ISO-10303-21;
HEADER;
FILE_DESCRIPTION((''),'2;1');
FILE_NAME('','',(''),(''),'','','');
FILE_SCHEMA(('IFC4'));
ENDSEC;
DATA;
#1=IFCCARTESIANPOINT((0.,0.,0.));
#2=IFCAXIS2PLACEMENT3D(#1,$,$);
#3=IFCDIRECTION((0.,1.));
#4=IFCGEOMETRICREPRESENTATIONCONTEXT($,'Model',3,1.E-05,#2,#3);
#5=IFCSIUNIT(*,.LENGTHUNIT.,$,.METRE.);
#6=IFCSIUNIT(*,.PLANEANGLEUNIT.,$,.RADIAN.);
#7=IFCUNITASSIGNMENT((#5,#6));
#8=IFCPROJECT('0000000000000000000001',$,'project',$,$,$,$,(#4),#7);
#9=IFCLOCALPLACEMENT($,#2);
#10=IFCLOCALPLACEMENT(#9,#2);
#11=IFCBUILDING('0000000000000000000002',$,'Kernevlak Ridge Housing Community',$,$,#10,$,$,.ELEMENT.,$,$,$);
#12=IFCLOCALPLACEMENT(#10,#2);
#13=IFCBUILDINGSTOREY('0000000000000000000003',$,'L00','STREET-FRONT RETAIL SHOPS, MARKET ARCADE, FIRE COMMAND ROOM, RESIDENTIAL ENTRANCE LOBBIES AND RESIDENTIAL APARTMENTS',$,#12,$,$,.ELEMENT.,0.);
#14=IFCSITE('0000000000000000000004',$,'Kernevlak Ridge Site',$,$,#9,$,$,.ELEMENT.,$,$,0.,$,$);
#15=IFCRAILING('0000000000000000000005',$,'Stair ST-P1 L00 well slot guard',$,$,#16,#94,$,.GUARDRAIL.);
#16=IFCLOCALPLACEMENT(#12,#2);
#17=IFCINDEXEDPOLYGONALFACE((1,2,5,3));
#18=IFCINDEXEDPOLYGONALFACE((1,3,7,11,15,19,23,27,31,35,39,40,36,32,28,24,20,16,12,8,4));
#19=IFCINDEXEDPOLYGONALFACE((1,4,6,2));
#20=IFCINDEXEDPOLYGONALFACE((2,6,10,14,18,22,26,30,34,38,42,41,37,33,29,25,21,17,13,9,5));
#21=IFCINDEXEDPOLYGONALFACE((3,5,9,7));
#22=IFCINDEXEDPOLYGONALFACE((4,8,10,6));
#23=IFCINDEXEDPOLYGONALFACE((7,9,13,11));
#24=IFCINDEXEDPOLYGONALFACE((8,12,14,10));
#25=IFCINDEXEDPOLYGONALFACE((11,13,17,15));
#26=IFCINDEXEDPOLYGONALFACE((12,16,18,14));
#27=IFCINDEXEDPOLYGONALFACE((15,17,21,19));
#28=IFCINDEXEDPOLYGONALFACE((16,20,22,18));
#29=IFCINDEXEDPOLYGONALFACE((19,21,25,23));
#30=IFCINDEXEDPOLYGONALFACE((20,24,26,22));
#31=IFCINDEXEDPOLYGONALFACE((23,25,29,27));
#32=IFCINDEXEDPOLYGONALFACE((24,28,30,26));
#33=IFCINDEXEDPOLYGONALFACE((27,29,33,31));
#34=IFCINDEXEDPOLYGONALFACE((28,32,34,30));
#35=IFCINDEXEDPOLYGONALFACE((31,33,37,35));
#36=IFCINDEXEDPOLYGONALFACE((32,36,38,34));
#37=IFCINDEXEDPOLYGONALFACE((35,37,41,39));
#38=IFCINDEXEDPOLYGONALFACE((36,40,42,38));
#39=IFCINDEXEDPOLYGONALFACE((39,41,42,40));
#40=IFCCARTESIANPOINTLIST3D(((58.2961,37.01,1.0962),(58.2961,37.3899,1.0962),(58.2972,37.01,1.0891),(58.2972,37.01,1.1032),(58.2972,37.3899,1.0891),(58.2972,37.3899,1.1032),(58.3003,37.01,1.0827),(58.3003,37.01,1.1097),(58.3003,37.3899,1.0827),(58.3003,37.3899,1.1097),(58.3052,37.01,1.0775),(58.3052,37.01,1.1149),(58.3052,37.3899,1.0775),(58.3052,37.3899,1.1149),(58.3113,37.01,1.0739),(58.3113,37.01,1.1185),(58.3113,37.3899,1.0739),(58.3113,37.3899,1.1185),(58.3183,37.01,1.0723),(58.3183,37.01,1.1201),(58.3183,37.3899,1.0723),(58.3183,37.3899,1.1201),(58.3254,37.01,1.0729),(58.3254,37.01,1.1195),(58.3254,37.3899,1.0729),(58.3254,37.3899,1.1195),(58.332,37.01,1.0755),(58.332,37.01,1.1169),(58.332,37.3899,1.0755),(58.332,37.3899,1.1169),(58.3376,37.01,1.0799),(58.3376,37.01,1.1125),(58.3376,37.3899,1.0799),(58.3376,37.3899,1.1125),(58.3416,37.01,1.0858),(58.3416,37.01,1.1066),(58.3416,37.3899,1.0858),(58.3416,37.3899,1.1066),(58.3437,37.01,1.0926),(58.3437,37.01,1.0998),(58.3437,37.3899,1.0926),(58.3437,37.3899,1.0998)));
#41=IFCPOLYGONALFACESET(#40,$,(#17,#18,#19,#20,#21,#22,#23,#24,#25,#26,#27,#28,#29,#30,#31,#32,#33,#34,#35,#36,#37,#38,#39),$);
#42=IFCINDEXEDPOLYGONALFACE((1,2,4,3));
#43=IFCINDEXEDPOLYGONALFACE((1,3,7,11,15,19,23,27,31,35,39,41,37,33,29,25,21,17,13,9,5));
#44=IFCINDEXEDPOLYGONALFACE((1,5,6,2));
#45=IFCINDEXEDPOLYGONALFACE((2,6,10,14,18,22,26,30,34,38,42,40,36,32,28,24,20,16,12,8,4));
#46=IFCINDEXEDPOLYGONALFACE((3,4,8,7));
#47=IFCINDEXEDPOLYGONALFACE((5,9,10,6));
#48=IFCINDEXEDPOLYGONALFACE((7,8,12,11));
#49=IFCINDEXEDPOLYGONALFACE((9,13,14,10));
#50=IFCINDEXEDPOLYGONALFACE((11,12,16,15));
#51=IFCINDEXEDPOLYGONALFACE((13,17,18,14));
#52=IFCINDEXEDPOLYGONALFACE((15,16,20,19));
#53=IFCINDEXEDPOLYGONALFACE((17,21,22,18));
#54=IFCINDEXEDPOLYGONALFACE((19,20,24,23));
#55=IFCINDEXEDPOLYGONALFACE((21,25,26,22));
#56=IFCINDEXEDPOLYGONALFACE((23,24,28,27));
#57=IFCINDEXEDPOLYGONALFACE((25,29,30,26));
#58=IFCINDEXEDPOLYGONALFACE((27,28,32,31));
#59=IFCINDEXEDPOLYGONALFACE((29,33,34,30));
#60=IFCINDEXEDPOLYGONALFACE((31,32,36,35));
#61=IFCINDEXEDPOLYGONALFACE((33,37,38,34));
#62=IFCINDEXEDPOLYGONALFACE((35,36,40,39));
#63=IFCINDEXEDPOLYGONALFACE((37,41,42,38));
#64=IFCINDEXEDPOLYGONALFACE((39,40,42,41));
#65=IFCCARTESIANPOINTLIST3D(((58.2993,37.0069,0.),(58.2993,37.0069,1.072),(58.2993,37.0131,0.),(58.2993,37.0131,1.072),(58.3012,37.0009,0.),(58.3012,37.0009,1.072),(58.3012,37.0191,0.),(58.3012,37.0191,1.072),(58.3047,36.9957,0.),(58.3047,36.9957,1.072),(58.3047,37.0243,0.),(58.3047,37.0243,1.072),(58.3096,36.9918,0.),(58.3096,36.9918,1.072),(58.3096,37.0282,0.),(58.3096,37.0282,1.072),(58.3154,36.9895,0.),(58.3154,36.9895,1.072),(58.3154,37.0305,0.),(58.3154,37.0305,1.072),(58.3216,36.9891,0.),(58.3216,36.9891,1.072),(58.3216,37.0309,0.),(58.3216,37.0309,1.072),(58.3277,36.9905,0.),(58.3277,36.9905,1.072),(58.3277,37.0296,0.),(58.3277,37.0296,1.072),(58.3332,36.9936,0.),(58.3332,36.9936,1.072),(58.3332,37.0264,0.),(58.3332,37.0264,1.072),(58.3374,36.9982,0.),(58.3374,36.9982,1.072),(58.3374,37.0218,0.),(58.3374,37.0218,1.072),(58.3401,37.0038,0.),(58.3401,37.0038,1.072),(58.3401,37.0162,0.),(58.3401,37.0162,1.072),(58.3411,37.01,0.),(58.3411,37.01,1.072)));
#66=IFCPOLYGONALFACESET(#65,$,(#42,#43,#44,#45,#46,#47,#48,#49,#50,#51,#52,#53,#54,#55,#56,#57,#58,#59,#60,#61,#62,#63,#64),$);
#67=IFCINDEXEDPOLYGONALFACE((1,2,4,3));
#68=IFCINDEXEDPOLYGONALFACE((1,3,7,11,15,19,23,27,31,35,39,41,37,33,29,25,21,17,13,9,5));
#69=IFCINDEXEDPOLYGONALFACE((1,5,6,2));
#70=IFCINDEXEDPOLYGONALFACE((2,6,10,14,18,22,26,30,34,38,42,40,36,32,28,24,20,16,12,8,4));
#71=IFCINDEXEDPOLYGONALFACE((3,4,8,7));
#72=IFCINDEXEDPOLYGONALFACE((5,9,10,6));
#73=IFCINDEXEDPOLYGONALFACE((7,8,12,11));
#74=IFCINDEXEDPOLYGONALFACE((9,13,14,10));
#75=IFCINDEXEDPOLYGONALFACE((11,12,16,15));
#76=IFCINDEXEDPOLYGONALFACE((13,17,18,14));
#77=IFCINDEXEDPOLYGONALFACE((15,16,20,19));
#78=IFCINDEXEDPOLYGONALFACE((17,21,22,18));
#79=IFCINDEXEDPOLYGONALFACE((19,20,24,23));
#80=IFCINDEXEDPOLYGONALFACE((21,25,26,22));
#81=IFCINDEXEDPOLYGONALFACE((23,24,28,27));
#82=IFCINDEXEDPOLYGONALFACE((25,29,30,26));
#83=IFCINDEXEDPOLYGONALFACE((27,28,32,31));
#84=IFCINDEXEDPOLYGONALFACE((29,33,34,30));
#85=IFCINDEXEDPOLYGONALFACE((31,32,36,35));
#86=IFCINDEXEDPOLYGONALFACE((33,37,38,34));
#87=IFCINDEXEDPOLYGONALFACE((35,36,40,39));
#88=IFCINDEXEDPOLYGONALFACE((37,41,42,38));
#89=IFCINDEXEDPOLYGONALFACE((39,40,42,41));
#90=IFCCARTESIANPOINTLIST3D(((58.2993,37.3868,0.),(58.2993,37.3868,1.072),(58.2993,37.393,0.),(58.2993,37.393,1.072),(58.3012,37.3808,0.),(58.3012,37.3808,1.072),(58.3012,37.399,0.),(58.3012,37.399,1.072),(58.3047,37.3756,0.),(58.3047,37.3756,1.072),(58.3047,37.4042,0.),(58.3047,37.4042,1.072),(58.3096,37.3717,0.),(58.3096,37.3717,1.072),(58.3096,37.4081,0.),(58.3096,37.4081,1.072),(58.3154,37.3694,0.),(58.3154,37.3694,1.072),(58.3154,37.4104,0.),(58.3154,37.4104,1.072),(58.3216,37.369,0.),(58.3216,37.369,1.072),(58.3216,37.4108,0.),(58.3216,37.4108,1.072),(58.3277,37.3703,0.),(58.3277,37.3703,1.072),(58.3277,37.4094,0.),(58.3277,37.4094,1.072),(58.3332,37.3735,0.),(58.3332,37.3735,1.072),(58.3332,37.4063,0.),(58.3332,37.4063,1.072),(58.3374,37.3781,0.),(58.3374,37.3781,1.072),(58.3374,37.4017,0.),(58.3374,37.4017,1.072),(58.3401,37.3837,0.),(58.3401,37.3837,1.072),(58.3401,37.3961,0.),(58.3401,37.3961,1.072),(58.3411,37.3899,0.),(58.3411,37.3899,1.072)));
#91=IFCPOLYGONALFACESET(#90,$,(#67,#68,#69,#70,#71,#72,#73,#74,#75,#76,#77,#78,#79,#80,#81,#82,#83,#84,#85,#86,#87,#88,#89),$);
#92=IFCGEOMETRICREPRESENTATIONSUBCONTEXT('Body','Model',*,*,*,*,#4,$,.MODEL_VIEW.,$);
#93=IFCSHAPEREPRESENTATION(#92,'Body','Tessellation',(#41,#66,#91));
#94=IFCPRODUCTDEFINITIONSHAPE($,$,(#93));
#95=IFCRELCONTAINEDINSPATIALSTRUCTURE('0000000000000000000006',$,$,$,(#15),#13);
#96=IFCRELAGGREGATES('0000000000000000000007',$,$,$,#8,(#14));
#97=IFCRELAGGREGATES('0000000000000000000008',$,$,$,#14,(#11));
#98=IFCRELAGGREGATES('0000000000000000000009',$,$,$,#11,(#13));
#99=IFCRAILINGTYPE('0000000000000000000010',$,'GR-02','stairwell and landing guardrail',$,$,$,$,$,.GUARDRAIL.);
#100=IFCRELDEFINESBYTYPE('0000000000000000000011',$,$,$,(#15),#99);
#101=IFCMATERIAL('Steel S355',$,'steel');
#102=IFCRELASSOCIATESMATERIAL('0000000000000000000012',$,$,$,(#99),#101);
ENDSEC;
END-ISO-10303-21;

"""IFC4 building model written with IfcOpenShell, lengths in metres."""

from ifc_helpers import new_model, si_unit, direction, frame, origin, origin_2d, place, context, subcontext, project, spatial, circle, extrude, material, type_object, element, save


model = new_model("IFC4")

# Units and contexts
model_context = context("Model", 3, precision=1e-05, world=origin(), true_north=direction((0.0, 1.0)))
body_context = subcontext(model_context, "Body", "Model", "MODEL_VIEW")
ifc_project = project(units=[si_unit("LENGTHUNIT", "METRE"), si_unit("PLANEANGLEUNIT", "RADIAN")], contexts=[model_context])

# Site, building, storey
site_placement = place(None, origin())
site = spatial("IfcSite", under=ifc_project, at=site_placement, Name="Kernevlak Ridge Site", CompositionType="ELEMENT", RefElevation=0.0)
building_placement = place(site_placement, origin())
building = spatial("IfcBuilding", under=site, at=building_placement, Name="Kernevlak Ridge Housing Community", CompositionType="ELEMENT")
storey_placement = place(building_placement, origin())
storey = spatial("IfcBuildingStorey", under=building, at=storey_placement, Name="L00", Description="STREET-FRONT RETAIL SHOPS, MARKET ARCADE, FIRE COMMAND ROOM, RESIDENTIAL ENTRANCE LOBBIES AND RESIDENTIAL APARTMENTS", CompositionType="ELEMENT", Elevation=0.0)

# Railing
ifc_material_1 = material(Name="Steel S355", Category="steel")
railing_type_1 = type_object("IfcRailingType", Name="GR-02", Description="stairwell and landing guardrail", PredefinedType="GUARDRAIL", material=ifc_material_1)
railing_1_placement = place(storey_placement, frame((58.3201, 37.01, 0.0)))
element("IfcRailing", 1, at=railing_1_placement, inside=storey, type_object=railing_type_1, Name="Stair ST-P1 L00 well slot guard", PredefinedType="GUARDRAIL", context=body_context, shape_type="SweptSolid", body=[
    extrude(circle(Radius=0.0239, at=origin_2d()), frame((0.0, 0.0, 1.0962), z_axis=(0.0, 1.0, 0.0), x_axis=(-1.0, 0.0, 0.0)), (0.0, 0.0, 1.0), 0.3799),
    extrude(circle(Radius=0.021, at=origin_2d()), origin(), (0.0, 0.0, 1.0), 1.072),
    extrude(circle(Radius=0.021, at=origin_2d()), frame((0.0, 0.3799, 0.0)), (0.0, 0.0, 1.0), 1.072),
])

save(model, "model.ifc")
